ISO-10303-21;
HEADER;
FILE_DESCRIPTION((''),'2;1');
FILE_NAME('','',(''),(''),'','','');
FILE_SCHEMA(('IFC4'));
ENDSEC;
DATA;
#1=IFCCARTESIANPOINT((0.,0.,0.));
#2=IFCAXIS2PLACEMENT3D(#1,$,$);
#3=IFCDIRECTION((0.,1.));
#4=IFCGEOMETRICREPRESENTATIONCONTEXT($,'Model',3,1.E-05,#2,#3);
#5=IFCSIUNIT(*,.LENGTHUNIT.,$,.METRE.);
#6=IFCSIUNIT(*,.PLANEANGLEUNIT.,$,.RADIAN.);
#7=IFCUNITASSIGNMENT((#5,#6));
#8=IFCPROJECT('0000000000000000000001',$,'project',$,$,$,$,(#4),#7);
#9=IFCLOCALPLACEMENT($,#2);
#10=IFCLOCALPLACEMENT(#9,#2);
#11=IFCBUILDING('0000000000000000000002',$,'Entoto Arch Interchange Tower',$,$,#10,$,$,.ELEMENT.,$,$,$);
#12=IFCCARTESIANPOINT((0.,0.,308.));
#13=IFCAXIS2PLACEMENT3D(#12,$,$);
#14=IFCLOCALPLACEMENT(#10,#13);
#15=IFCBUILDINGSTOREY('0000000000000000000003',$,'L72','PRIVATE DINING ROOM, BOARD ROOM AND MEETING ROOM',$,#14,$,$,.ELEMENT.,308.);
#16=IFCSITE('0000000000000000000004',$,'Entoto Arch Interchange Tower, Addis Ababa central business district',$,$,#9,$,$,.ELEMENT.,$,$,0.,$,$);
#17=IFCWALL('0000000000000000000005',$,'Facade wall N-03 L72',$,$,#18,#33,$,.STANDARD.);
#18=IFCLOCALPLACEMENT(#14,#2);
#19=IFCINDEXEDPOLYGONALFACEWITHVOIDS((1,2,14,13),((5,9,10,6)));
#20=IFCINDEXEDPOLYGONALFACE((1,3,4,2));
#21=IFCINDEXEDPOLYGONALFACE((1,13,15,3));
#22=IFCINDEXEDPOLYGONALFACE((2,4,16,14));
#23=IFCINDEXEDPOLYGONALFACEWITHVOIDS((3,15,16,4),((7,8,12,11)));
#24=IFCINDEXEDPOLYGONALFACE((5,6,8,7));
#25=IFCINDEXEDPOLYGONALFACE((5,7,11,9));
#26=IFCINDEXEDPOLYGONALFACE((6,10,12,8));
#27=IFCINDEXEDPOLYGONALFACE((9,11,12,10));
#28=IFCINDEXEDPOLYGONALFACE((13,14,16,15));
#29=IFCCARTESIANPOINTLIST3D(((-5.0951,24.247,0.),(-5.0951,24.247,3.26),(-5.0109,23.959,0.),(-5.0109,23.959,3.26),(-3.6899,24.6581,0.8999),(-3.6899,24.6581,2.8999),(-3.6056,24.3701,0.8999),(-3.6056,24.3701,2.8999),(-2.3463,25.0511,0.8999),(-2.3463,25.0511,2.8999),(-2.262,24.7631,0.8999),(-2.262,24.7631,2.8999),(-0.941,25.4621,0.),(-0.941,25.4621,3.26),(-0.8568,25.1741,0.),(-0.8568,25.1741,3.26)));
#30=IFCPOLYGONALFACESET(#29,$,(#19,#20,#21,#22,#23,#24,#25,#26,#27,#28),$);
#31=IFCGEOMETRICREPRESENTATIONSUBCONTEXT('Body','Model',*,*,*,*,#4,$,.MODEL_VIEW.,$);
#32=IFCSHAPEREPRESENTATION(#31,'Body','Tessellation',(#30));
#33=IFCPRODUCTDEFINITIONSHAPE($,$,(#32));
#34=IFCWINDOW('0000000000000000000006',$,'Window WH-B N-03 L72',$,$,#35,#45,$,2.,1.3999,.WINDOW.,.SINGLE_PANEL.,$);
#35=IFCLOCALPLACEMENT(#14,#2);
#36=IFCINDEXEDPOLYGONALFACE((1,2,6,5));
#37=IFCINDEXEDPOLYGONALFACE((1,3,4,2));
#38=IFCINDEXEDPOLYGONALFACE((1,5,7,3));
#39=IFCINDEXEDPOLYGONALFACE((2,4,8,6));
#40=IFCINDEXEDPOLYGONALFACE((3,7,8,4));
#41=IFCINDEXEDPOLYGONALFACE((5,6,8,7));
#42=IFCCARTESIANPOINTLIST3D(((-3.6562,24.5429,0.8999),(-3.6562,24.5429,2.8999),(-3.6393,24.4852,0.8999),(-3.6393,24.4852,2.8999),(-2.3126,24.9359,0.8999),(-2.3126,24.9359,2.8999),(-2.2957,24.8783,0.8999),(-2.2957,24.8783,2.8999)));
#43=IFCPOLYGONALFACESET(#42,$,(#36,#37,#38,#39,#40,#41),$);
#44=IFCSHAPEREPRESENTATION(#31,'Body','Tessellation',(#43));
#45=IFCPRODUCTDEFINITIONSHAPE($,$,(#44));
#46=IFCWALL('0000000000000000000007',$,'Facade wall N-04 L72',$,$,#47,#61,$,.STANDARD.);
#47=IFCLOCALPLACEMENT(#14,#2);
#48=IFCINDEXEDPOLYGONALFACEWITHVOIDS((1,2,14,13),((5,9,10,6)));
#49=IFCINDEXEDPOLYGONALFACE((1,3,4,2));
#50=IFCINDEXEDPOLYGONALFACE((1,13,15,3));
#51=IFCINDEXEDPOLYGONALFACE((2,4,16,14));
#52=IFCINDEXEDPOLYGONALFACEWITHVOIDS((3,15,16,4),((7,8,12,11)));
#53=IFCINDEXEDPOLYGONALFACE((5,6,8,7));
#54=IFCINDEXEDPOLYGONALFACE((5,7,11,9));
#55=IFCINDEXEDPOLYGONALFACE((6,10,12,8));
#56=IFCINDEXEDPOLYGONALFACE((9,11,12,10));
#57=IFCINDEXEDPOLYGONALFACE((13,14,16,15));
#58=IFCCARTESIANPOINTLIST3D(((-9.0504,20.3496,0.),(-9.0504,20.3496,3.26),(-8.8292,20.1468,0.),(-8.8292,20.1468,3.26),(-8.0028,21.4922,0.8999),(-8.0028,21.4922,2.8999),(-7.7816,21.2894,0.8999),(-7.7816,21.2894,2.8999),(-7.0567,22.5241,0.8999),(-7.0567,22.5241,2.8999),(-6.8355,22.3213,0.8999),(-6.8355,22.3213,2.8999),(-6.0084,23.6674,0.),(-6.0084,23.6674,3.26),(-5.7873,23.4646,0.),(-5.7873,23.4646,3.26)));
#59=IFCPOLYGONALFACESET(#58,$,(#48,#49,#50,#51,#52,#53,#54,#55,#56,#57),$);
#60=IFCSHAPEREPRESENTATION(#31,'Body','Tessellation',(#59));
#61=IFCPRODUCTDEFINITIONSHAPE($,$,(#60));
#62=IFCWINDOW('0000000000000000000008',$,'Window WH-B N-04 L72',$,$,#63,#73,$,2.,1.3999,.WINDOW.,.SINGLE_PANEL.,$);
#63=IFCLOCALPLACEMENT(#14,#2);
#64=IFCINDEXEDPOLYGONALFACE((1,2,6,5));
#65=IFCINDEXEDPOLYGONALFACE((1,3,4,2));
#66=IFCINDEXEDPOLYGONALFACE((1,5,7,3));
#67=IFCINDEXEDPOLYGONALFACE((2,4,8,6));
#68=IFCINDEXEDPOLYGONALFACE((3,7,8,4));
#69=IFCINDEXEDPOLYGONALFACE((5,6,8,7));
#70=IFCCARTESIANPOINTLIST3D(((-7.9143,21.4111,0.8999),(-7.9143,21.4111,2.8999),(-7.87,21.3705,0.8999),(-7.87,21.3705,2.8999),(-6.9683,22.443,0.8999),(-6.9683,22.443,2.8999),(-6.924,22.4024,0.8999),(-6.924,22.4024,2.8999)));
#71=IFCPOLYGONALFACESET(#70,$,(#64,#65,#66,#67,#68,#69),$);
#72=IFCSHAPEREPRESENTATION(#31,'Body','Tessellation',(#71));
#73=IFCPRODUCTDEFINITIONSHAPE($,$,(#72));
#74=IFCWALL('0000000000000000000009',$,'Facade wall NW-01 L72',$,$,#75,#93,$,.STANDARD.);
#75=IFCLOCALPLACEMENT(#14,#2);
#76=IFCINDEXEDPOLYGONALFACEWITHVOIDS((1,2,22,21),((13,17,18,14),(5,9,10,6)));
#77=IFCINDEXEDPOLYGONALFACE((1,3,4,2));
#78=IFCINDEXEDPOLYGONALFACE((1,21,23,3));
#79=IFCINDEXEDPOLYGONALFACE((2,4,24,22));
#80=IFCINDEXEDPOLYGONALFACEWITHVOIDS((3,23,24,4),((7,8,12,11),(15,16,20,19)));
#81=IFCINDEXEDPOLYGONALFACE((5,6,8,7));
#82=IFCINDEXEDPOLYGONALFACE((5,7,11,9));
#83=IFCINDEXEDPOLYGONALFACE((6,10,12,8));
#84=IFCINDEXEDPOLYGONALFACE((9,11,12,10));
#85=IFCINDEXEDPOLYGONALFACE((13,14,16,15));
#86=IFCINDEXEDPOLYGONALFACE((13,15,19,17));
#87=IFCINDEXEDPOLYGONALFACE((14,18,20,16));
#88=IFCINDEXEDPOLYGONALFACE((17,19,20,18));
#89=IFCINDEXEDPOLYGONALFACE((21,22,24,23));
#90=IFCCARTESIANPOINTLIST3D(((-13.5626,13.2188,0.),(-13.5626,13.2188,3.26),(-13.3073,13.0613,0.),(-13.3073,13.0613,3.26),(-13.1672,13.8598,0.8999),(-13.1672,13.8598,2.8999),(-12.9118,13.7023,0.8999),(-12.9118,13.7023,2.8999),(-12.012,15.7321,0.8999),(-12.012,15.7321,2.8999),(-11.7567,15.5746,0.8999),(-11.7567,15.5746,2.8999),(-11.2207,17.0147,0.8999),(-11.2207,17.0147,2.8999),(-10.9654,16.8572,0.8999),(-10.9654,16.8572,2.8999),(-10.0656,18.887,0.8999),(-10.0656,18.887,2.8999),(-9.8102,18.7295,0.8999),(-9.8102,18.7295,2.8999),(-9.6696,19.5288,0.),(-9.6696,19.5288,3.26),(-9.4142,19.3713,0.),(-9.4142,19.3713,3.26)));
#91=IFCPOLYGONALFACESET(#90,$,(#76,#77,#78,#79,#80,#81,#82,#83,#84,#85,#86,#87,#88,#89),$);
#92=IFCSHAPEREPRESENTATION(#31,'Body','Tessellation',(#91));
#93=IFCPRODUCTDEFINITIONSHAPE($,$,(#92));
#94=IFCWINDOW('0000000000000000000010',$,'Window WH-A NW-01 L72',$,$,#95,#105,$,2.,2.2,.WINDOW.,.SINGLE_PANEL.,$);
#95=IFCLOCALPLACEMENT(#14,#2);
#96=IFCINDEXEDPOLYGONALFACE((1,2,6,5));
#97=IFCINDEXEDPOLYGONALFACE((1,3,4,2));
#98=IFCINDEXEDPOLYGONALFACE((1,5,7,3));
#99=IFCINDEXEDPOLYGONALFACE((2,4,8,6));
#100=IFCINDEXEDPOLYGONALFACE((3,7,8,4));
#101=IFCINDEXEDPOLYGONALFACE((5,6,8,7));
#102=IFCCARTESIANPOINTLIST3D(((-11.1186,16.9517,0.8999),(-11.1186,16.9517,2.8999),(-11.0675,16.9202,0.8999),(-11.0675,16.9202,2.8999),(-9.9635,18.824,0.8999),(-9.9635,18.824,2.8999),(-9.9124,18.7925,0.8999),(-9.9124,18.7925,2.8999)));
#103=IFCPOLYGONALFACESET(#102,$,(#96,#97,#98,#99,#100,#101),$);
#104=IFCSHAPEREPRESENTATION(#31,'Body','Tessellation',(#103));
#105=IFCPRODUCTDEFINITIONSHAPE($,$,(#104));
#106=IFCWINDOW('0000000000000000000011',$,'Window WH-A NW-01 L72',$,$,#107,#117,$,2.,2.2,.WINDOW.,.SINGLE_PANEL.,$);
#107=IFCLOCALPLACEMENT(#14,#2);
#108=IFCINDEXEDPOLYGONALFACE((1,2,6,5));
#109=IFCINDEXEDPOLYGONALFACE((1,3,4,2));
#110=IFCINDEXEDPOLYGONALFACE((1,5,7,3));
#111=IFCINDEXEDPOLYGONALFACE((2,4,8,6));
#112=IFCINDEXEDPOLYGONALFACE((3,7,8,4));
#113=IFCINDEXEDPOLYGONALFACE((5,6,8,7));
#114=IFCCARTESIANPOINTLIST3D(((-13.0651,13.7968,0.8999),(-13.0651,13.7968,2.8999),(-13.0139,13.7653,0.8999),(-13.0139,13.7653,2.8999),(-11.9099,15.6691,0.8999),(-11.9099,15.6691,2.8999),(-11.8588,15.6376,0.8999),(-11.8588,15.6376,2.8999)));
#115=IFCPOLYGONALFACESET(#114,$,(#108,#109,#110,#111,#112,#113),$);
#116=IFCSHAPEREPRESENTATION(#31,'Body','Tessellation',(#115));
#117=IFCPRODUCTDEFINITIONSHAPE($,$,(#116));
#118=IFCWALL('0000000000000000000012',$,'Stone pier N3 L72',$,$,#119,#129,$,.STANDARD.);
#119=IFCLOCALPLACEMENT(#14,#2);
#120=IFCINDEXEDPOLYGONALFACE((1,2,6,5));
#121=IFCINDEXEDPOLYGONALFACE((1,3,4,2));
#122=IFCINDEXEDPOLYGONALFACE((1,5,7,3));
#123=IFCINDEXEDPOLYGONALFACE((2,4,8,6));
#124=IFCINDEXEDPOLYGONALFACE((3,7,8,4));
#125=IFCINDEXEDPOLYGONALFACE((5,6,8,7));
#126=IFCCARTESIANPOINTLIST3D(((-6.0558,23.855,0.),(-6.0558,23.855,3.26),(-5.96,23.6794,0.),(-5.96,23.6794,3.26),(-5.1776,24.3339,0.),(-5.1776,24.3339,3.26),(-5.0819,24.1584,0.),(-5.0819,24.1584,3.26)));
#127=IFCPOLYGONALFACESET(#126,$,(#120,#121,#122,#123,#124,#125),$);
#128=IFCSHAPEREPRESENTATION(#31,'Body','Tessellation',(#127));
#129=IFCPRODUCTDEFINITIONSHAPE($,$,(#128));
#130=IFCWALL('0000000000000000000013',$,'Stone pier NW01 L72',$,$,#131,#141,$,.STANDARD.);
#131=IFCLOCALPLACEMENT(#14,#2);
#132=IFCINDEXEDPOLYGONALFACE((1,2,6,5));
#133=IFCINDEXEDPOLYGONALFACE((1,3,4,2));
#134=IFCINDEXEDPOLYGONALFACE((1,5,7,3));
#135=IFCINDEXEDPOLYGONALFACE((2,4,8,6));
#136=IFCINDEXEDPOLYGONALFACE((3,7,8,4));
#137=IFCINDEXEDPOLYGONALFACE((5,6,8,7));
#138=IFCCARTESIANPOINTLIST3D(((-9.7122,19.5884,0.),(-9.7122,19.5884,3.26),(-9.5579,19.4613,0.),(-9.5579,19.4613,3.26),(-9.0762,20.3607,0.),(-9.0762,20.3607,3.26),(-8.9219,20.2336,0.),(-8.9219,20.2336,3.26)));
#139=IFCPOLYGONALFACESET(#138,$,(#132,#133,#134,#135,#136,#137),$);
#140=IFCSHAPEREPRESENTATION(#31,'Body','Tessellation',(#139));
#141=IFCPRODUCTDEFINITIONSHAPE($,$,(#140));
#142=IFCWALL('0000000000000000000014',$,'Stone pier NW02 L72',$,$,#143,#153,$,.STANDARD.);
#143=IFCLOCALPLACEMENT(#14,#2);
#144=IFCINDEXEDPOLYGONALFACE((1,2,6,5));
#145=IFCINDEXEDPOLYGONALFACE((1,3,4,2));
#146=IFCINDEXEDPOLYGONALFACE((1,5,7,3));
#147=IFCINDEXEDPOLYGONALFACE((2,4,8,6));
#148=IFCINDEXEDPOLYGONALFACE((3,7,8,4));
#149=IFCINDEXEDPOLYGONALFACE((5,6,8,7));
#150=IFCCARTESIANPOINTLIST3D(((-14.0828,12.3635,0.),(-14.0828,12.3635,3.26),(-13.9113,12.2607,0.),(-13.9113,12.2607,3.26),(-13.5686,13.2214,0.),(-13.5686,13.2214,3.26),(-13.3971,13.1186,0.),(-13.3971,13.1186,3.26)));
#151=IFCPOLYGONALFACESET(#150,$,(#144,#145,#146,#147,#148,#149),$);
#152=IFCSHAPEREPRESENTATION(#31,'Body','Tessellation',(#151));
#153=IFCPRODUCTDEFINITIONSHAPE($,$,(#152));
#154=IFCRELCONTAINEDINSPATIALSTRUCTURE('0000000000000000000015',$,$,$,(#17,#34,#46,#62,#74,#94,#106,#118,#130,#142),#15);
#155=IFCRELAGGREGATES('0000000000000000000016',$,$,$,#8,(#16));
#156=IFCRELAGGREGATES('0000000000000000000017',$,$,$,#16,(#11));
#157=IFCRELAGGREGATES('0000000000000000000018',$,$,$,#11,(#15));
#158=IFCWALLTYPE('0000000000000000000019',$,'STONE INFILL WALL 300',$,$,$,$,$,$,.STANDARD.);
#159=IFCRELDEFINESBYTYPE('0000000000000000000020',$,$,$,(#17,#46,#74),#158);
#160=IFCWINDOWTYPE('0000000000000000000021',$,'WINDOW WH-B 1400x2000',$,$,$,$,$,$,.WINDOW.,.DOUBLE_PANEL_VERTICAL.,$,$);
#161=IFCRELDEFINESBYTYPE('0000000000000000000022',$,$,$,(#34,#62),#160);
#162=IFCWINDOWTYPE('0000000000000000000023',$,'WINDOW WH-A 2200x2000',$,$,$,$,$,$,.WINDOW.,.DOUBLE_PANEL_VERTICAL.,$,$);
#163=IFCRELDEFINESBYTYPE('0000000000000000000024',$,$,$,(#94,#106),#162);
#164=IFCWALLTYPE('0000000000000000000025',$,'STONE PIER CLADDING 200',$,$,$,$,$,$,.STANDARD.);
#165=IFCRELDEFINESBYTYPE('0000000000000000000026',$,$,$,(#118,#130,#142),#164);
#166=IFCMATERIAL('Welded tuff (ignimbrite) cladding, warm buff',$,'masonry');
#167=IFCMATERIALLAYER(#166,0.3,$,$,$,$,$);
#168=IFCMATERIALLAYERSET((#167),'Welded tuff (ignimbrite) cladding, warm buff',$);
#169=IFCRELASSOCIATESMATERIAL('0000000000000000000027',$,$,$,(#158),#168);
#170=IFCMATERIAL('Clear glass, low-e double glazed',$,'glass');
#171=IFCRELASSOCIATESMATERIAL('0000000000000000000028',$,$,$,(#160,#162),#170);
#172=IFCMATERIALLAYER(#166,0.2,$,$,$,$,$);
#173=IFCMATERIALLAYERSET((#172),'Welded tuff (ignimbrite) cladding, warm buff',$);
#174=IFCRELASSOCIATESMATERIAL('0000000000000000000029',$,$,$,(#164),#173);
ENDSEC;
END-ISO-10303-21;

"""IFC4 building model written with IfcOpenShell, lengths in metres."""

from ifc_helpers import new_model, si_unit, direction, frame, frame_2d, origin, place, context, subcontext, project, spatial, rectangle, extrude, material, layer, layer_set, type_object, element, fill, save


model = new_model("IFC4")

# Units and contexts
model_context = context("Model", 3, precision=1e-05, world=origin(), true_north=direction((0.0, 1.0)))
body_context = subcontext(model_context, "Body", "Model", "MODEL_VIEW")
ifc_project = project(units=[si_unit("LENGTHUNIT", "METRE"), si_unit("PLANEANGLEUNIT", "RADIAN")], contexts=[model_context])

# Site, building, storey
site_placement = place(None, origin())
site = spatial("IfcSite", under=ifc_project, at=site_placement, Name="Entoto Arch Interchange Tower, Addis Ababa central business district", CompositionType="ELEMENT", RefElevation=0.0)
building_placement = place(site_placement, origin())
building = spatial("IfcBuilding", under=site, at=building_placement, Name="Entoto Arch Interchange Tower", CompositionType="ELEMENT")
storey_placement = place(building_placement, frame((0.0, 0.0, 308.0)))
storey = spatial("IfcBuildingStorey", under=building, at=storey_placement, Name="L72", Description="PRIVATE DINING ROOM, BOARD ROOM AND MEETING ROOM", CompositionType="ELEMENT", Elevation=308.0)

# Walls, openings, windows
ifc_material_1 = material(Name="Welded tuff (ignimbrite) cladding, warm buff", Category="masonry")
ifc_layer_1 = layer(ifc_material_1, 0.3)
ifc_layer_set_1 = layer_set([ifc_layer_1], Name="Welded tuff (ignimbrite) cladding, warm buff")
wall_type_1 = type_object("IfcWallType", Name="STONE INFILL WALL 300", PredefinedType="STANDARD", material=ifc_layer_set_1)
wall_1_placement = place(storey_placement, frame((-0.8989, 25.3181, 0.0), z_axis=(0.0, 0.0, 1.0), x_axis=(-0.959783, -0.280743, 0.0)))
wall_1 = element("IfcWall", 1, at=wall_1_placement, inside=storey, type_object=wall_type_1, Name="Facade wall N-03 L72", PredefinedType="STANDARD", context=body_context, shape_type="SweptSolid", body=[
    extrude(rectangle(XDim=4.3281, YDim=0.3, at=frame_2d((2.1641, 0.0))), origin(), (0.0, 0.0, 1.0), 3.26),
])
opening_1_placement = place(wall_1_placement, frame((1.4641, 0.0, 0.8999)))
opening_1 = element("IfcOpeningElement", 2, at=opening_1_placement, cuts=wall_1, PredefinedType="OPENING", context=body_context, shape_type="SweptSolid", body=[
    extrude(rectangle(XDim=1.3999, YDim=2.0, at=frame_2d((0.7, 1.0))), frame((0.0, 0.1602, 0.0), z_axis=(0.0, -1.0, 0.0), x_axis=(1.0, 0.0, 0.0)), (0.0, 0.0, 1.0), 0.3201),
])
ifc_material_2 = material(Name="Clear glass, low-e double glazed", Category="glass")
window_type_1 = type_object("IfcWindowType", Name="WINDOW WH-B 1400x2000", PartitioningType="DOUBLE_PANEL_VERTICAL", PredefinedType="WINDOW", material=ifc_material_2)
window_1_placement = place(opening_1_placement, origin())
window_1 = element("IfcWindow", 3, at=window_1_placement, inside=storey, type_object=window_type_1, Name="Window WH-B N-03 L72", OverallHeight=2.0, OverallWidth=1.3999, PartitioningType="SINGLE_PANEL", PredefinedType="WINDOW", context=body_context, shape_type="SweptSolid", body=[
    extrude(rectangle(XDim=1.3999, YDim=2.0, at=frame_2d((0.7, 1.0))), frame((0.0, 0.03, 0.0), z_axis=(0.0, -1.0, 0.0), x_axis=(1.0, 0.0, 0.0)), (0.0, 0.0, 1.0), 0.0601),
])
fill(opening_1, window_1)
wall_2_placement = place(storey_placement, frame((-5.8979, 23.5659, 0.0), z_axis=(0.0, 0.0, 1.0), x_axis=(-0.675798, -0.737087, 0.0)))
wall_2 = element("IfcWall", 4, at=wall_2_placement, inside=storey, type_object=wall_type_1, Name="Facade wall N-04 L72", PredefinedType="STANDARD", context=body_context, shape_type="SweptSolid", body=[
    extrude(rectangle(XDim=4.5012, YDim=0.3, at=frame_2d((2.2505, 0.0))), origin(), (0.0, 0.0, 1.0), 3.26),
])
opening_2_placement = place(wall_2_placement, frame((1.551, 0.0, 0.8999)))
opening_2 = element("IfcOpeningElement", 5, at=opening_2_placement, cuts=wall_2, PredefinedType="OPENING", context=body_context, shape_type="SweptSolid", body=[
    extrude(rectangle(XDim=1.3999, YDim=2.0, at=frame_2d((0.7, 1.0))), frame((0.0, 0.1602, 0.0), z_axis=(0.0, -1.0, 0.0), x_axis=(1.0, 0.0, 0.0)), (0.0, 0.0, 1.0), 0.3201),
])
window_2_placement = place(opening_2_placement, origin())
window_2 = element("IfcWindow", 6, at=window_2_placement, inside=storey, type_object=window_type_1, Name="Window WH-B N-04 L72", OverallHeight=2.0, OverallWidth=1.3999, PartitioningType="SINGLE_PANEL", PredefinedType="WINDOW", context=body_context, shape_type="SweptSolid", body=[
    extrude(rectangle(XDim=1.3999, YDim=2.0, at=frame_2d((0.7, 1.0))), frame((0.0, 0.03, 0.0), z_axis=(0.0, -1.0, 0.0), x_axis=(1.0, 0.0, 0.0)), (0.0, 0.0, 1.0), 0.0601),
])
fill(opening_2, window_2)

# Wall, openings, windows
wall_3_placement = place(storey_placement, frame((-9.542, 19.45, 0.0), z_axis=(0.0, 0.0, 1.0), x_axis=(-0.525071, -0.851059, 0.0)))
wall_3 = element("IfcWall", 7, at=wall_3_placement, inside=storey, type_object=wall_type_1, Name="Facade wall NW-01 L72", PredefinedType="STANDARD", context=body_context, shape_type="SweptSolid", body=[
    extrude(rectangle(XDim=7.4143, YDim=0.3, at=frame_2d((3.707, 0.0))), origin(), (0.0, 0.0, 1.0), 3.26),
])
opening_3_placement = place(wall_3_placement, frame((0.7539, 0.0, 0.8999)))
opening_3 = element("IfcOpeningElement", 8, at=opening_3_placement, cuts=wall_3, PredefinedType="OPENING", context=body_context, shape_type="SweptSolid", body=[
    extrude(rectangle(XDim=2.2, YDim=2.0, at=frame_2d((1.1001, 1.0))), frame((0.0, 0.1602, 0.0), z_axis=(0.0, -1.0, 0.0), x_axis=(1.0, 0.0, 0.0)), (0.0, 0.0, 1.0), 0.3201),
])
opening_4_placement = place(wall_3_placement, frame((4.4609, 0.0, 0.8999)))
opening_4 = element("IfcOpeningElement", 9, at=opening_4_placement, cuts=wall_3, PredefinedType="OPENING", context=body_context, shape_type="SweptSolid", body=[
    extrude(rectangle(XDim=2.2, YDim=2.0, at=frame_2d((1.1001, 1.0))), frame((0.0, 0.1602, 0.0), z_axis=(0.0, -1.0, 0.0), x_axis=(1.0, 0.0, 0.0)), (0.0, 0.0, 1.0), 0.3201),
])
window_type_2 = type_object("IfcWindowType", Name="WINDOW WH-A 2200x2000", PartitioningType="DOUBLE_PANEL_VERTICAL", PredefinedType="WINDOW", material=ifc_material_2)
window_3_placement = place(opening_3_placement, origin())
window_3 = element("IfcWindow", 10, at=window_3_placement, inside=storey, type_object=window_type_2, Name="Window WH-A NW-01 L72", OverallHeight=2.0, OverallWidth=2.2, PartitioningType="SINGLE_PANEL", PredefinedType="WINDOW", context=body_context, shape_type="SweptSolid", body=[
    extrude(rectangle(XDim=2.2, YDim=2.0, at=frame_2d((1.1001, 1.0))), frame((0.0, 0.03, 0.0), z_axis=(0.0, -1.0, 0.0), x_axis=(1.0, 0.0, 0.0)), (0.0, 0.0, 1.0), 0.0601),
])
fill(opening_3, window_3)
window_4_placement = place(opening_4_placement, origin())
window_4 = element("IfcWindow", 11, at=window_4_placement, inside=storey, type_object=window_type_2, Name="Window WH-A NW-01 L72", OverallHeight=2.0, OverallWidth=2.2, PartitioningType="SINGLE_PANEL", PredefinedType="WINDOW", context=body_context, shape_type="SweptSolid", body=[
    extrude(rectangle(XDim=2.2, YDim=2.0, at=frame_2d((1.1001, 1.0))), frame((0.0, 0.03, 0.0), z_axis=(0.0, -1.0, 0.0), x_axis=(1.0, 0.0, 0.0)), (0.0, 0.0, 1.0), 0.0601),
])
fill(opening_4, window_4)

# Walls
ifc_layer_2 = layer(ifc_material_1, 0.2)
ifc_layer_set_2 = layer_set([ifc_layer_2], Name="Welded tuff (ignimbrite) cladding, warm buff")
wall_type_2 = type_object("IfcWallType", Name="STONE PIER CLADDING 200", PredefinedType="STANDARD", material=ifc_layer_set_2)
wall_4_placement = place(storey_placement, frame((-5.1299, 24.2461, 0.0), z_axis=(0.0, 0.0, 1.0), x_axis=(-0.877896, -0.478852, 0.0)))
element("IfcWall", 12, at=wall_4_placement, inside=storey, type_object=wall_type_2, Name="Stone pier N3 L72", PredefinedType="STANDARD", context=body_context, shape_type="SweptSolid", body=[
    extrude(rectangle(XDim=1.0002, YDim=0.2, at=frame_2d((0.5, 0.0))), origin(), (0.0, 0.0, 1.0), 3.26),
])
wall_5_placement = place(storey_placement, frame((-8.999, 20.2971, 0.0), z_axis=(0.0, 0.0, 1.0), x_axis=(-0.635733, -0.771909, 0.0)))
element("IfcWall", 13, at=wall_5_placement, inside=storey, type_object=wall_type_2, Name="Stone pier NW01 L72", PredefinedType="STANDARD", context=body_context, shape_type="SweptSolid", body=[
    extrude(rectangle(XDim=1.0005, YDim=0.2, at=frame_2d((0.5002, 0.0))), origin(), (0.0, 0.0, 1.0), 3.26),
])
wall_6_placement = place(storey_placement, frame((-13.4829, 13.1699, 0.0), z_axis=(0.0, 0.0, 1.0), x_axis=(-0.514065, -0.857751, 0.0)))
element("IfcWall", 14, at=wall_6_placement, inside=storey, type_object=wall_type_2, Name="Stone pier NW02 L72", PredefinedType="STANDARD", context=body_context, shape_type="SweptSolid", body=[
    extrude(rectangle(XDim=1.0002, YDim=0.2, at=frame_2d((0.5, 0.0))), origin(), (0.0, 0.0, 1.0), 3.26),
])

save(model, "model.ifc")
